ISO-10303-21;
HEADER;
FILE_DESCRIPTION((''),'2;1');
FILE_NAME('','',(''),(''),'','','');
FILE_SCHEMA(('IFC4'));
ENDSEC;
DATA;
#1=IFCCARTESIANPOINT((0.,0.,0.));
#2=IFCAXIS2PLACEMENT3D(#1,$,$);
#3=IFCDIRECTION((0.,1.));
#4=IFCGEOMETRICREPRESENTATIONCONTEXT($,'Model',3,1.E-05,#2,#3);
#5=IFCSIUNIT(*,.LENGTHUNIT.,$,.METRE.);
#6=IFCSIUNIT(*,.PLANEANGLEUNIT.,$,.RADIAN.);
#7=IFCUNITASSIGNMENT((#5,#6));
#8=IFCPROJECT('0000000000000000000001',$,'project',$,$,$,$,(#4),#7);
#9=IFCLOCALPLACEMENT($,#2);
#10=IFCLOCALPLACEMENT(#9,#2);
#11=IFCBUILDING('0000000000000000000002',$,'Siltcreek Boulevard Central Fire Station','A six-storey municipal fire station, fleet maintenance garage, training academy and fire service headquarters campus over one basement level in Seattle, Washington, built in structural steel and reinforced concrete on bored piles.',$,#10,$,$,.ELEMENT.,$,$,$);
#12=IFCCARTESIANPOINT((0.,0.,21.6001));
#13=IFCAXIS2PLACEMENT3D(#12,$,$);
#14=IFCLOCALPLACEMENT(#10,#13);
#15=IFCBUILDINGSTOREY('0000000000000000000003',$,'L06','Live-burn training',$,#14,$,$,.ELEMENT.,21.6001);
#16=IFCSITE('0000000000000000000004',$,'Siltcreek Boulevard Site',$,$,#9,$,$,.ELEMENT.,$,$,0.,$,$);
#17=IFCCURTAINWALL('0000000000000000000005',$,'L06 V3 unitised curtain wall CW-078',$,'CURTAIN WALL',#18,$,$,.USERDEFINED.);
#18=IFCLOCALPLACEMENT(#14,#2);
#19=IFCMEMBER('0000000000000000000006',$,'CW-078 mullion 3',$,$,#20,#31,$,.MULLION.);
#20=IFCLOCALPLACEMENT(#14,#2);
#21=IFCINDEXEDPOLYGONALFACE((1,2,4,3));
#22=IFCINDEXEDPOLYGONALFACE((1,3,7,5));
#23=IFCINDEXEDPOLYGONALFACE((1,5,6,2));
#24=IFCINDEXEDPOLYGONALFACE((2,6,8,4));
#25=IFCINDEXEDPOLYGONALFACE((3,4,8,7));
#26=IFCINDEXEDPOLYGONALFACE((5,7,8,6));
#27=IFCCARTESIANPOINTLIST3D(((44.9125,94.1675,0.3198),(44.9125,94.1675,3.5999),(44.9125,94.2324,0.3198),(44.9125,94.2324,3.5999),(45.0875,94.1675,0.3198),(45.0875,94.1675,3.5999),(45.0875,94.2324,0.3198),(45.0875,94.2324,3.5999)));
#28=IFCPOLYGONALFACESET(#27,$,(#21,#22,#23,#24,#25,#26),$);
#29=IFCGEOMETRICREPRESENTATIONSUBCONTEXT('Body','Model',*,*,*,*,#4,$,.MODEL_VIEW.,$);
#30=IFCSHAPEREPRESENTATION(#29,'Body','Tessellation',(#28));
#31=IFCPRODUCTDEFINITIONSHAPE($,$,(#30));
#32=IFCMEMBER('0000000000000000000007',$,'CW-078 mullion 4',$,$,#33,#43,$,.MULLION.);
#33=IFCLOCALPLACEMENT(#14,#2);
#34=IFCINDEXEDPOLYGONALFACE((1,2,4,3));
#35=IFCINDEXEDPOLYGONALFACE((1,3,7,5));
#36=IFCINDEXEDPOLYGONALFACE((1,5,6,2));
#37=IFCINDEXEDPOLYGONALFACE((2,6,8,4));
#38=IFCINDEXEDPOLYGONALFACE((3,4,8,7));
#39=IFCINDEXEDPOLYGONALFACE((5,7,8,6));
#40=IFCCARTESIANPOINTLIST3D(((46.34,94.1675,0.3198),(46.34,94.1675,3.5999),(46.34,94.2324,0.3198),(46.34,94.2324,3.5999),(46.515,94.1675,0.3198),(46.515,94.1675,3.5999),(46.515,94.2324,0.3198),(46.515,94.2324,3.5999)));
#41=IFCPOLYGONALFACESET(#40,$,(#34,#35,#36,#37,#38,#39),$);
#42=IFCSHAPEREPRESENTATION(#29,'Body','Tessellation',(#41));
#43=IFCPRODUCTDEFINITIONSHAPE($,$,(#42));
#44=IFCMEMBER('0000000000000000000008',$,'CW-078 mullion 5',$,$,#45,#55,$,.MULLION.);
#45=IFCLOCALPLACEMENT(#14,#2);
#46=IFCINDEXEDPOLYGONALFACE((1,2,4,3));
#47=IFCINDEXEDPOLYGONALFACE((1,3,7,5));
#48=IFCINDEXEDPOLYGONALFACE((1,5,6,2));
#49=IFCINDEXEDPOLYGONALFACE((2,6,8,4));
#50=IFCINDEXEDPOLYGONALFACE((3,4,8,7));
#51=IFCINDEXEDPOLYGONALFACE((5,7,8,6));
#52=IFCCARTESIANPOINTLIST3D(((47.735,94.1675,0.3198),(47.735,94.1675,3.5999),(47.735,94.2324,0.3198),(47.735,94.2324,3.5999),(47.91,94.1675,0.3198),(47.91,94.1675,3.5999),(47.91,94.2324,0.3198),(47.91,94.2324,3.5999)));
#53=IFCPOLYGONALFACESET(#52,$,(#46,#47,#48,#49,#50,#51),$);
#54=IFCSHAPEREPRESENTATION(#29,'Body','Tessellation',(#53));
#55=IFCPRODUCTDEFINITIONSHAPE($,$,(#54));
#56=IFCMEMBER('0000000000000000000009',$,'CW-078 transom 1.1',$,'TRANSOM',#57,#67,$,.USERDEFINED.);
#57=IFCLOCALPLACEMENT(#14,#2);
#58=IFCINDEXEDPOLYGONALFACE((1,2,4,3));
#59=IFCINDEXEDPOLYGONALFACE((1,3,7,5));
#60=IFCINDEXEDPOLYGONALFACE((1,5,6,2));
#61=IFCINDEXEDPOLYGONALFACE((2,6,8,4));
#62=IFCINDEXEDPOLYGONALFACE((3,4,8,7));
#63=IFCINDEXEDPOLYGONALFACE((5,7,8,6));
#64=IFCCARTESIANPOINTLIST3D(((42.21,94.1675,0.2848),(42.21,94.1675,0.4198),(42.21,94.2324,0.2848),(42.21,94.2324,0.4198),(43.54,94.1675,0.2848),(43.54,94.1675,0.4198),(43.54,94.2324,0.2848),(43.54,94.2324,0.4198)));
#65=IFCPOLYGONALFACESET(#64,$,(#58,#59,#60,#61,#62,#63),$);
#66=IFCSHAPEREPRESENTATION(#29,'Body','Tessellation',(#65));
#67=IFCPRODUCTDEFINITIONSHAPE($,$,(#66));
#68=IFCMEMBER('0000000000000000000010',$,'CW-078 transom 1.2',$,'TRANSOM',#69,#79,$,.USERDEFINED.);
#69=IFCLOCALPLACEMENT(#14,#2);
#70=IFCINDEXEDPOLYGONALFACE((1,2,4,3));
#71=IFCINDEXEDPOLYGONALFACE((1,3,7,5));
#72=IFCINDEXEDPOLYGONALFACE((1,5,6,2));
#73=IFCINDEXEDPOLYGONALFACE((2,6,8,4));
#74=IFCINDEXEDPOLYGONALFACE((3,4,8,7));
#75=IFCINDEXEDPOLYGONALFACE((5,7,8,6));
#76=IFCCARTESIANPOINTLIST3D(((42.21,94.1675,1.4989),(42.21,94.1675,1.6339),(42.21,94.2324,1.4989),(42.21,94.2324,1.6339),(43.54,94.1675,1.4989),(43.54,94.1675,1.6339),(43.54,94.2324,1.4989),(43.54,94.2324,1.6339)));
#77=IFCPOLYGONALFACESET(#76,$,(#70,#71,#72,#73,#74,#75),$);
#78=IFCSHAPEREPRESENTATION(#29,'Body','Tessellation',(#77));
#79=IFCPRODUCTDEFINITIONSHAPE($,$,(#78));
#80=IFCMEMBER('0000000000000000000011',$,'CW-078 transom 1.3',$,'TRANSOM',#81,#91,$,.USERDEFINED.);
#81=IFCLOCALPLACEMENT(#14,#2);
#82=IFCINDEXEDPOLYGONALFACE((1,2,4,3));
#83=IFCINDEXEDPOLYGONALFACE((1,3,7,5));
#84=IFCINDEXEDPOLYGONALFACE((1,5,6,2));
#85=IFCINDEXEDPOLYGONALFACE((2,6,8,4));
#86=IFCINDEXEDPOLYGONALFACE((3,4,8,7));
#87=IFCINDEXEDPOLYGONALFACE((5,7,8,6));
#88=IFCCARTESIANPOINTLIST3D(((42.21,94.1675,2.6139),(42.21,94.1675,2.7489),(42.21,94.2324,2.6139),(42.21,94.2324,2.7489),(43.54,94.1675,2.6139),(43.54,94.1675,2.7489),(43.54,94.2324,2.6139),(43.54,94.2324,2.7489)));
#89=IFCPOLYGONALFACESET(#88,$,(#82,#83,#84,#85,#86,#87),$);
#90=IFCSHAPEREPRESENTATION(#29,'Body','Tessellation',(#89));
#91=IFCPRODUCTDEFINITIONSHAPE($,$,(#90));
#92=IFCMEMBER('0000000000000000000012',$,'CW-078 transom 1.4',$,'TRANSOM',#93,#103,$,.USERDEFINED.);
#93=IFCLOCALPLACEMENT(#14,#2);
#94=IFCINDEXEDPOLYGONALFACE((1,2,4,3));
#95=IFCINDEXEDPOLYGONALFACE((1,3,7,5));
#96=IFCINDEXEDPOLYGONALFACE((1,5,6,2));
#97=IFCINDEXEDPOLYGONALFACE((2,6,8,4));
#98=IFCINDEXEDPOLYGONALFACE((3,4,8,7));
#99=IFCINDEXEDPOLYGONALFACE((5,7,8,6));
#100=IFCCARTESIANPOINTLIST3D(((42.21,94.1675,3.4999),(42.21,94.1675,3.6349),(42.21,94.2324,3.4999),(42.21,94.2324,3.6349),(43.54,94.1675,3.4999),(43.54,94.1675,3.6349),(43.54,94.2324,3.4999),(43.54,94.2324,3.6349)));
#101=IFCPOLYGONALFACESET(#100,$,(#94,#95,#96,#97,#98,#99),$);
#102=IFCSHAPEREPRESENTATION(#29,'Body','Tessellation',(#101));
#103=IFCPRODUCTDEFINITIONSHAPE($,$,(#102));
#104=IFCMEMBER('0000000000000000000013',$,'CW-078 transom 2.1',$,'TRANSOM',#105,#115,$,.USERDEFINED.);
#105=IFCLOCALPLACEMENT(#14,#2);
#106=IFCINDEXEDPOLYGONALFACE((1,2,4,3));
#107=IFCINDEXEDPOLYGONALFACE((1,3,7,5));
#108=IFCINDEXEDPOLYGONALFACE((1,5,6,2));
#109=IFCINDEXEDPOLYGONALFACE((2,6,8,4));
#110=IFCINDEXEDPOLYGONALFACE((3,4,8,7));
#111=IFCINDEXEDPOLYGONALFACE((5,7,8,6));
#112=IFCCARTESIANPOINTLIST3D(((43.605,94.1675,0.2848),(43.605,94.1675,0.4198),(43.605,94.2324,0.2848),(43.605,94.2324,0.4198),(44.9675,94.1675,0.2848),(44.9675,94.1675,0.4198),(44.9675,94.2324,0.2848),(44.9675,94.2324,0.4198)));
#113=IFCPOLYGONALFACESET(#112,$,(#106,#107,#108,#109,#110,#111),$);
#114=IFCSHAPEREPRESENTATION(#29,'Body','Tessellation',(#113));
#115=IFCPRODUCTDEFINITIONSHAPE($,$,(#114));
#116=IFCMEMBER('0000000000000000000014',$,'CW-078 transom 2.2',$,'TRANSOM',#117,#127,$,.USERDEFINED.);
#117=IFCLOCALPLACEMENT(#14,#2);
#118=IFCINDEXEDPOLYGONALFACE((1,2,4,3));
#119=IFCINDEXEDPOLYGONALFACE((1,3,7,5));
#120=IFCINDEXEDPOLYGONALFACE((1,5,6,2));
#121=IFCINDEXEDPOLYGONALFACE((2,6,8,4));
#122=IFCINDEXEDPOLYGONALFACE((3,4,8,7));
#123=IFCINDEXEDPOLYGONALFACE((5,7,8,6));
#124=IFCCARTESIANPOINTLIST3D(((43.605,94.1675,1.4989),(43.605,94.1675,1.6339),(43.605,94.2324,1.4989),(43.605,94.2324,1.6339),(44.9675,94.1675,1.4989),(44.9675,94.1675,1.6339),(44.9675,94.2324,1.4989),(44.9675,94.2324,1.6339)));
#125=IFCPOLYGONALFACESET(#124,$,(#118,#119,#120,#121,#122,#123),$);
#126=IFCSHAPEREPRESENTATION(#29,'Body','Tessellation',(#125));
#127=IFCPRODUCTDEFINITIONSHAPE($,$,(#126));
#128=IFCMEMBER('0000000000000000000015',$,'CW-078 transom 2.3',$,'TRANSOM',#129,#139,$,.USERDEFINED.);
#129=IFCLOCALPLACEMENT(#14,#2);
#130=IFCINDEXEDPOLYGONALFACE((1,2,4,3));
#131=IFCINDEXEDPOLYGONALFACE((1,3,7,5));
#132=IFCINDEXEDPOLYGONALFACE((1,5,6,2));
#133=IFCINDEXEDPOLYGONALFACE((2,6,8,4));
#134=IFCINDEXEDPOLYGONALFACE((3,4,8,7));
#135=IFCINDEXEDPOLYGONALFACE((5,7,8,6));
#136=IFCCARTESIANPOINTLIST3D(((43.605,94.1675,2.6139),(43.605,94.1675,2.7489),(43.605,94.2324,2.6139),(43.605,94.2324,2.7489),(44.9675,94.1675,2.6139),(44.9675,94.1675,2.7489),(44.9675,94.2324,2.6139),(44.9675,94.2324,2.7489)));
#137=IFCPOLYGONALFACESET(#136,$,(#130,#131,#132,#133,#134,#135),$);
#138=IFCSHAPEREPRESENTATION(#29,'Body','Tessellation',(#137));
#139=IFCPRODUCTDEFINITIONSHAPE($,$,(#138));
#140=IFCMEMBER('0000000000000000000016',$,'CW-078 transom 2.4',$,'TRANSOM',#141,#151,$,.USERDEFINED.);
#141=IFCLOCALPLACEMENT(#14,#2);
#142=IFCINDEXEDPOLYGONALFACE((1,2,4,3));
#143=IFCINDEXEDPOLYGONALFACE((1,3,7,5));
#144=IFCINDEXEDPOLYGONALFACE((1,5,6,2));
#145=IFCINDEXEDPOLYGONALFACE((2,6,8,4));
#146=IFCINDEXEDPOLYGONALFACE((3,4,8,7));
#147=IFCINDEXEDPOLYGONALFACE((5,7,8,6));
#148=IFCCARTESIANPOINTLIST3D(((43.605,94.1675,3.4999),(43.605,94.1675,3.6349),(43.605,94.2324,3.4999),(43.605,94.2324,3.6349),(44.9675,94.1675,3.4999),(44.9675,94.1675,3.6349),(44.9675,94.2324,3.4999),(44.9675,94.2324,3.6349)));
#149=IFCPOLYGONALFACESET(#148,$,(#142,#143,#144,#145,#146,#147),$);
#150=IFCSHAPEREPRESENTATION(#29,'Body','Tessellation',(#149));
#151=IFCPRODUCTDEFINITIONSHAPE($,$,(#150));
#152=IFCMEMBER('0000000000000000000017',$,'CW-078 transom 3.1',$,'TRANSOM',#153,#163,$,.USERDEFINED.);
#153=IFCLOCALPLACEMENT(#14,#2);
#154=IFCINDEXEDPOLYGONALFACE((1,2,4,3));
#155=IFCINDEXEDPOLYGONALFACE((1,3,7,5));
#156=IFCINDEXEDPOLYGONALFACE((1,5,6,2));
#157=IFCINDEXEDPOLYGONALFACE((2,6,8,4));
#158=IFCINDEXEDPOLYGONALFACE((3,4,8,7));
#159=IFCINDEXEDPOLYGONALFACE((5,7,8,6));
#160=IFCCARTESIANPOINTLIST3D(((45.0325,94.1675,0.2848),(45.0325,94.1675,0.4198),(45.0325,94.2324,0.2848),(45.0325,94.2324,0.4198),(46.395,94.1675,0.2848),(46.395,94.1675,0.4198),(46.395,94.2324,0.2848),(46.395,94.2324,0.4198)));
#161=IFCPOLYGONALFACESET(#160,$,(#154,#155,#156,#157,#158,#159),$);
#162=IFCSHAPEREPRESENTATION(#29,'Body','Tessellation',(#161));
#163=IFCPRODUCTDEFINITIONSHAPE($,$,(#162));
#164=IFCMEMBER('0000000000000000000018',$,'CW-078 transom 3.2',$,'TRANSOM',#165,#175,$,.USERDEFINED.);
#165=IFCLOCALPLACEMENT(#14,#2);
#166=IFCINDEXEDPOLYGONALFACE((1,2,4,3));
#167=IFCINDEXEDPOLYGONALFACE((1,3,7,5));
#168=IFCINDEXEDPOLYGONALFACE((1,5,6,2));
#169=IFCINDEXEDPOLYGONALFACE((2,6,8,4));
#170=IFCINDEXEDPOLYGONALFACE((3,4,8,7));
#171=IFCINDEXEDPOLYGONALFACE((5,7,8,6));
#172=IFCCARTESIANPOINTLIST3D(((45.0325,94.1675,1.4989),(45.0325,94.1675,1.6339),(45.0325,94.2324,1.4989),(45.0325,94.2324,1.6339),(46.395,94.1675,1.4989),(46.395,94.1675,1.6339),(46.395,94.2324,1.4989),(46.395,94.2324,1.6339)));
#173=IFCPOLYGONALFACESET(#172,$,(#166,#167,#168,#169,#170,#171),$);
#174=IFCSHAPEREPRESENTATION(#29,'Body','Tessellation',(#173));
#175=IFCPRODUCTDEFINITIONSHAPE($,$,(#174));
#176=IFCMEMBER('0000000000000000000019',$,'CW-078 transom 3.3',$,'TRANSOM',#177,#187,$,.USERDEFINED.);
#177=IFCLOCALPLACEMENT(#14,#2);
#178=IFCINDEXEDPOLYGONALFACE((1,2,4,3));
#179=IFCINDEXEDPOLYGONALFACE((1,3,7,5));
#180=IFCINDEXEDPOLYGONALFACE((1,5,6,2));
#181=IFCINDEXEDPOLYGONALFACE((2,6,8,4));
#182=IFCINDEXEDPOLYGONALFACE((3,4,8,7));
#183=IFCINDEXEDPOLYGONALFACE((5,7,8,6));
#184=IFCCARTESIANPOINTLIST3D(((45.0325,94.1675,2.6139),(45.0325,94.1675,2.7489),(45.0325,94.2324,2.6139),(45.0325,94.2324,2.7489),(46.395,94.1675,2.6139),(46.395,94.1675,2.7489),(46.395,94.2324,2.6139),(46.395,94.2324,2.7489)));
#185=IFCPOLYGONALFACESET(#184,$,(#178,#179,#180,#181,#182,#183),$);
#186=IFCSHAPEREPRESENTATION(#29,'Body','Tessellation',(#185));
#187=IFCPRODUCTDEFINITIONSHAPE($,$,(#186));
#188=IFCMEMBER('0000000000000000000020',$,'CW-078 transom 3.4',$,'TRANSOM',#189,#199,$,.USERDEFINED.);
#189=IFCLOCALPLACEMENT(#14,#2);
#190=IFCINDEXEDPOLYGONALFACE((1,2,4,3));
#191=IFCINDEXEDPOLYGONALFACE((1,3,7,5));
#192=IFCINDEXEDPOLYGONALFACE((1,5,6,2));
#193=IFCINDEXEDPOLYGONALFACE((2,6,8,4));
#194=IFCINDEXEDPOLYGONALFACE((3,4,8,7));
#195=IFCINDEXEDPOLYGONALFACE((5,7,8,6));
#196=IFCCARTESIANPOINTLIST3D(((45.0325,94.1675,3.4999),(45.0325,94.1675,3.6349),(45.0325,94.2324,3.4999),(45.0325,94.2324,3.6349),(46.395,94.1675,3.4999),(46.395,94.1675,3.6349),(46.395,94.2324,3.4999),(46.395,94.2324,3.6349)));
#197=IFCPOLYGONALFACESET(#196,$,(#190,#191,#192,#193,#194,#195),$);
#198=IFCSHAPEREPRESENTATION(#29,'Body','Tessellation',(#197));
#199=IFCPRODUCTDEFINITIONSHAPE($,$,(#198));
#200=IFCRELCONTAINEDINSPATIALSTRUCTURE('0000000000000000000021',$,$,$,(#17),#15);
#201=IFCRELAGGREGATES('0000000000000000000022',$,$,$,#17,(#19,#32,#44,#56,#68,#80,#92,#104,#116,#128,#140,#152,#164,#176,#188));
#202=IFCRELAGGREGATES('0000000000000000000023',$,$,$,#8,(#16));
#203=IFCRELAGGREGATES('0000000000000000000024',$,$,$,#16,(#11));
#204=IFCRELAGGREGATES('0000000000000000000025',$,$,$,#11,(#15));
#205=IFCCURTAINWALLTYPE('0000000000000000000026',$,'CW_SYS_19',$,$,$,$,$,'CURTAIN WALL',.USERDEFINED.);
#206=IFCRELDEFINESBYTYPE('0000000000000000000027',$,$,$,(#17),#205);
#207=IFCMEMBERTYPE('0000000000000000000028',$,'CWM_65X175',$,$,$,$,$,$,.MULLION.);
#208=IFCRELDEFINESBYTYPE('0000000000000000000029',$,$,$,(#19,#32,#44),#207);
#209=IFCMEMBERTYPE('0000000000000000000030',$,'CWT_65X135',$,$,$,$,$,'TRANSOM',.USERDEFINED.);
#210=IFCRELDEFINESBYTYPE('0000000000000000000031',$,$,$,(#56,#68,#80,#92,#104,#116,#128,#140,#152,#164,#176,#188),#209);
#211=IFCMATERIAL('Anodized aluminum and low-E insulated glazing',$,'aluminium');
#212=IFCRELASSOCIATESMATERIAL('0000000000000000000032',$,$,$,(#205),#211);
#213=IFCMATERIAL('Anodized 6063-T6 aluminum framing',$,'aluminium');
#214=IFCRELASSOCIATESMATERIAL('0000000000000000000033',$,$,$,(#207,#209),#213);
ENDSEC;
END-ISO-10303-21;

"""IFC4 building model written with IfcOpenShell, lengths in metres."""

from ifc_helpers import new_model, si_unit, direction, frame, origin, origin_2d, place, context, subcontext, project, spatial, rectangle, extrude, material, material_profile, profile_set, type_object, element, aggregate, save


model = new_model("IFC4")

# Units and contexts
model_context = context("Model", 3, precision=1e-05, world=origin(), true_north=direction((0.0, 1.0)))
body_context = subcontext(model_context, "Body", "Model", "MODEL_VIEW")
ifc_project = project(units=[si_unit("LENGTHUNIT", "METRE"), si_unit("PLANEANGLEUNIT", "RADIAN")], contexts=[model_context])

# Site, building, storey
site_placement = place(None, origin())
site = spatial("IfcSite", under=ifc_project, at=site_placement, Name="Siltcreek Boulevard Site", CompositionType="ELEMENT", RefElevation=0.0)
building_placement = place(site_placement, origin())
building = spatial("IfcBuilding", under=site, at=building_placement, Name="Siltcreek Boulevard Central Fire Station", Description="A six-storey municipal fire station, fleet maintenance garage, training academy and fire service headquarters campus over one basement level in Seattle, Washington, built in structural steel and reinforced concrete on bored piles.", CompositionType="ELEMENT")
storey_placement = place(building_placement, frame((0.0, 0.0, 21.6001)))
storey = spatial("IfcBuildingStorey", under=building, at=storey_placement, Name="L06", Description="Live-burn training", CompositionType="ELEMENT", Elevation=21.6001)

# Curtain wall, members
ifc_material_1 = material(Name="Anodized aluminum and low-E insulated glazing", Category="aluminium")
curtain_wall_type = type_object("IfcCurtainWallType", Name="CW_SYS_19", ElementType="CURTAIN WALL", PredefinedType="USERDEFINED", material=ifc_material_1)
curtain_wall_placement = place(storey_placement, origin())
curtain_wall = element("IfcCurtainWall", 1, at=curtain_wall_placement, inside=storey, type_object=curtain_wall_type, Name="L06 V3 unitised curtain wall CW-078", ObjectType="CURTAIN WALL", PredefinedType="USERDEFINED")
ifc_material_2 = material(Name="Anodized 6063-T6 aluminum framing", Category="aluminium")
ifc_material_profile_1 = material_profile(ifc_material_2, rectangle(XDim=0.0649, YDim=0.175, at=origin_2d()), Name="MULL65X175")
ifc_profile_set_1 = profile_set([ifc_material_profile_1], Name="Anodized 6063-T6 aluminum framing")
member_type_1 = type_object("IfcMemberType", Name="CWM_65X175", PredefinedType="MULLION", material=ifc_profile_set_1)
member_1_placement = place(storey_placement, frame((45.0, 94.2, 0.3198), z_axis=(0.0, 0.0, 1.0), x_axis=(0.0, 1.0, 0.0)))
member_1 = element("IfcMember", 2, at=member_1_placement, type_object=member_type_1, Name="CW-078 mullion 3", PredefinedType="MULLION", context=body_context, shape_type="SweptSolid", body=[
    extrude(rectangle(XDim=0.0649, YDim=0.175, at=origin_2d()), origin(), (0.0, 0.0, 1.0), 3.28),
])
member_2_placement = place(storey_placement, frame((46.4275, 94.2, 0.3198), z_axis=(0.0, 0.0, 1.0), x_axis=(0.0, 1.0, 0.0)))
member_2 = element("IfcMember", 3, at=member_2_placement, type_object=member_type_1, Name="CW-078 mullion 4", PredefinedType="MULLION", context=body_context, shape_type="SweptSolid", body=[
    extrude(rectangle(XDim=0.0649, YDim=0.175, at=origin_2d()), origin(), (0.0, 0.0, 1.0), 3.28),
])
member_3_placement = place(storey_placement, frame((47.8225, 94.2, 0.3198), z_axis=(0.0, 0.0, 1.0), x_axis=(0.0, 1.0, 0.0)))
member_3 = element("IfcMember", 4, at=member_3_placement, type_object=member_type_1, Name="CW-078 mullion 5", PredefinedType="MULLION", context=body_context, shape_type="SweptSolid", body=[
    extrude(rectangle(XDim=0.0649, YDim=0.175, at=origin_2d()), origin(), (0.0, 0.0, 1.0), 3.28),
])
ifc_material_profile_2 = material_profile(ifc_material_2, rectangle(XDim=0.0649, YDim=0.135, at=origin_2d()), Name="TRAN65X135")
ifc_profile_set_2 = profile_set([ifc_material_profile_2], Name="Anodized 6063-T6 aluminum framing")
member_type_2 = type_object("IfcMemberType", Name="CWT_65X135", ElementType="TRANSOM", PredefinedType="USERDEFINED", material=ifc_profile_set_2)
member_4_placement = place(storey_placement, frame((42.21, 94.2, 0.3523), z_axis=(1.0, 0.0, 0.0), x_axis=(0.0, 1.0, 0.0)))
member_4 = element("IfcMember", 5, at=member_4_placement, type_object=member_type_2, Name="CW-078 transom 1.1", ObjectType="TRANSOM", PredefinedType="USERDEFINED", context=body_context, shape_type="SweptSolid", body=[
    extrude(rectangle(XDim=0.0649, YDim=0.135, at=origin_2d()), origin(), (0.0, 0.0, 1.0), 1.3301),
])
member_5_placement = place(storey_placement, frame((42.21, 94.2, 1.5664), z_axis=(1.0, 0.0, 0.0), x_axis=(0.0, 1.0, 0.0)))
member_5 = element("IfcMember", 6, at=member_5_placement, type_object=member_type_2, Name="CW-078 transom 1.2", ObjectType="TRANSOM", PredefinedType="USERDEFINED", context=body_context, shape_type="SweptSolid", body=[
    extrude(rectangle(XDim=0.0649, YDim=0.135, at=origin_2d()), origin(), (0.0, 0.0, 1.0), 1.3301),
])
member_6_placement = place(storey_placement, frame((42.21, 94.2, 2.6814), z_axis=(1.0, 0.0, 0.0), x_axis=(0.0, 1.0, 0.0)))
member_6 = element("IfcMember", 7, at=member_6_placement, type_object=member_type_2, Name="CW-078 transom 1.3", ObjectType="TRANSOM", PredefinedType="USERDEFINED", context=body_context, shape_type="SweptSolid", body=[
    extrude(rectangle(XDim=0.0649, YDim=0.135, at=origin_2d()), origin(), (0.0, 0.0, 1.0), 1.3301),
])
member_7_placement = place(storey_placement, frame((42.21, 94.2, 3.5674), z_axis=(1.0, 0.0, 0.0), x_axis=(0.0, 1.0, 0.0)))
member_7 = element("IfcMember", 8, at=member_7_placement, type_object=member_type_2, Name="CW-078 transom 1.4", ObjectType="TRANSOM", PredefinedType="USERDEFINED", context=body_context, shape_type="SweptSolid", body=[
    extrude(rectangle(XDim=0.0649, YDim=0.135, at=origin_2d()), origin(), (0.0, 0.0, 1.0), 1.3301),
])
member_8_placement = place(storey_placement, frame((43.605, 94.2, 0.3523), z_axis=(1.0, 0.0, 0.0), x_axis=(0.0, 1.0, 0.0)))
member_8 = element("IfcMember", 9, at=member_8_placement, type_object=member_type_2, Name="CW-078 transom 2.1", ObjectType="TRANSOM", PredefinedType="USERDEFINED", context=body_context, shape_type="SweptSolid", body=[
    extrude(rectangle(XDim=0.0649, YDim=0.135, at=origin_2d()), origin(), (0.0, 0.0, 1.0), 1.3625),
])
member_9_placement = place(storey_placement, frame((43.605, 94.2, 1.5664), z_axis=(1.0, 0.0, 0.0), x_axis=(0.0, 1.0, 0.0)))
member_9 = element("IfcMember", 10, at=member_9_placement, type_object=member_type_2, Name="CW-078 transom 2.2", ObjectType="TRANSOM", PredefinedType="USERDEFINED", context=body_context, shape_type="SweptSolid", body=[
    extrude(rectangle(XDim=0.0649, YDim=0.135, at=origin_2d()), origin(), (0.0, 0.0, 1.0), 1.3625),
])
member_10_placement = place(storey_placement, frame((43.605, 94.2, 2.6814), z_axis=(1.0, 0.0, 0.0), x_axis=(0.0, 1.0, 0.0)))
member_10 = element("IfcMember", 11, at=member_10_placement, type_object=member_type_2, Name="CW-078 transom 2.3", ObjectType="TRANSOM", PredefinedType="USERDEFINED", context=body_context, shape_type="SweptSolid", body=[
    extrude(rectangle(XDim=0.0649, YDim=0.135, at=origin_2d()), origin(), (0.0, 0.0, 1.0), 1.3625),
])
member_11_placement = place(storey_placement, frame((43.605, 94.2, 3.5674), z_axis=(1.0, 0.0, 0.0), x_axis=(0.0, 1.0, 0.0)))
member_11 = element("IfcMember", 12, at=member_11_placement, type_object=member_type_2, Name="CW-078 transom 2.4", ObjectType="TRANSOM", PredefinedType="USERDEFINED", context=body_context, shape_type="SweptSolid", body=[
    extrude(rectangle(XDim=0.0649, YDim=0.135, at=origin_2d()), origin(), (0.0, 0.0, 1.0), 1.3625),
])
member_12_placement = place(storey_placement, frame((45.0325, 94.2, 0.3523), z_axis=(1.0, 0.0, 0.0), x_axis=(0.0, 1.0, 0.0)))
member_12 = element("IfcMember", 13, at=member_12_placement, type_object=member_type_2, Name="CW-078 transom 3.1", ObjectType="TRANSOM", PredefinedType="USERDEFINED", context=body_context, shape_type="SweptSolid", body=[
    extrude(rectangle(XDim=0.0649, YDim=0.135, at=origin_2d()), origin(), (0.0, 0.0, 1.0), 1.3625),
])
member_13_placement = place(storey_placement, frame((45.0325, 94.2, 1.5664), z_axis=(1.0, 0.0, 0.0), x_axis=(0.0, 1.0, 0.0)))
member_13 = element("IfcMember", 14, at=member_13_placement, type_object=member_type_2, Name="CW-078 transom 3.2", ObjectType="TRANSOM", PredefinedType="USERDEFINED", context=body_context, shape_type="SweptSolid", body=[
    extrude(rectangle(XDim=0.0649, YDim=0.135, at=origin_2d()), origin(), (0.0, 0.0, 1.0), 1.3625),
])
member_14_placement = place(storey_placement, frame((45.0325, 94.2, 2.6814), z_axis=(1.0, 0.0, 0.0), x_axis=(0.0, 1.0, 0.0)))
member_14 = element("IfcMember", 15, at=member_14_placement, type_object=member_type_2, Name="CW-078 transom 3.3", ObjectType="TRANSOM", PredefinedType="USERDEFINED", context=body_context, shape_type="SweptSolid", body=[
    extrude(rectangle(XDim=0.0649, YDim=0.135, at=origin_2d()), origin(), (0.0, 0.0, 1.0), 1.3625),
])
member_15_placement = place(storey_placement, frame((45.0325, 94.2, 3.5674), z_axis=(1.0, 0.0, 0.0), x_axis=(0.0, 1.0, 0.0)))
member_15 = element("IfcMember", 16, at=member_15_placement, type_object=member_type_2, Name="CW-078 transom 3.4", ObjectType="TRANSOM", PredefinedType="USERDEFINED", context=body_context, shape_type="SweptSolid", body=[
    extrude(rectangle(XDim=0.0649, YDim=0.135, at=origin_2d()), origin(), (0.0, 0.0, 1.0), 1.3625),
])
aggregate(curtain_wall, [member_1, member_2, member_3, member_4, member_5, member_6, member_7, member_8, member_9, member_10, member_11, member_12, member_13, member_14, member_15])

save(model, "model.ifc")
